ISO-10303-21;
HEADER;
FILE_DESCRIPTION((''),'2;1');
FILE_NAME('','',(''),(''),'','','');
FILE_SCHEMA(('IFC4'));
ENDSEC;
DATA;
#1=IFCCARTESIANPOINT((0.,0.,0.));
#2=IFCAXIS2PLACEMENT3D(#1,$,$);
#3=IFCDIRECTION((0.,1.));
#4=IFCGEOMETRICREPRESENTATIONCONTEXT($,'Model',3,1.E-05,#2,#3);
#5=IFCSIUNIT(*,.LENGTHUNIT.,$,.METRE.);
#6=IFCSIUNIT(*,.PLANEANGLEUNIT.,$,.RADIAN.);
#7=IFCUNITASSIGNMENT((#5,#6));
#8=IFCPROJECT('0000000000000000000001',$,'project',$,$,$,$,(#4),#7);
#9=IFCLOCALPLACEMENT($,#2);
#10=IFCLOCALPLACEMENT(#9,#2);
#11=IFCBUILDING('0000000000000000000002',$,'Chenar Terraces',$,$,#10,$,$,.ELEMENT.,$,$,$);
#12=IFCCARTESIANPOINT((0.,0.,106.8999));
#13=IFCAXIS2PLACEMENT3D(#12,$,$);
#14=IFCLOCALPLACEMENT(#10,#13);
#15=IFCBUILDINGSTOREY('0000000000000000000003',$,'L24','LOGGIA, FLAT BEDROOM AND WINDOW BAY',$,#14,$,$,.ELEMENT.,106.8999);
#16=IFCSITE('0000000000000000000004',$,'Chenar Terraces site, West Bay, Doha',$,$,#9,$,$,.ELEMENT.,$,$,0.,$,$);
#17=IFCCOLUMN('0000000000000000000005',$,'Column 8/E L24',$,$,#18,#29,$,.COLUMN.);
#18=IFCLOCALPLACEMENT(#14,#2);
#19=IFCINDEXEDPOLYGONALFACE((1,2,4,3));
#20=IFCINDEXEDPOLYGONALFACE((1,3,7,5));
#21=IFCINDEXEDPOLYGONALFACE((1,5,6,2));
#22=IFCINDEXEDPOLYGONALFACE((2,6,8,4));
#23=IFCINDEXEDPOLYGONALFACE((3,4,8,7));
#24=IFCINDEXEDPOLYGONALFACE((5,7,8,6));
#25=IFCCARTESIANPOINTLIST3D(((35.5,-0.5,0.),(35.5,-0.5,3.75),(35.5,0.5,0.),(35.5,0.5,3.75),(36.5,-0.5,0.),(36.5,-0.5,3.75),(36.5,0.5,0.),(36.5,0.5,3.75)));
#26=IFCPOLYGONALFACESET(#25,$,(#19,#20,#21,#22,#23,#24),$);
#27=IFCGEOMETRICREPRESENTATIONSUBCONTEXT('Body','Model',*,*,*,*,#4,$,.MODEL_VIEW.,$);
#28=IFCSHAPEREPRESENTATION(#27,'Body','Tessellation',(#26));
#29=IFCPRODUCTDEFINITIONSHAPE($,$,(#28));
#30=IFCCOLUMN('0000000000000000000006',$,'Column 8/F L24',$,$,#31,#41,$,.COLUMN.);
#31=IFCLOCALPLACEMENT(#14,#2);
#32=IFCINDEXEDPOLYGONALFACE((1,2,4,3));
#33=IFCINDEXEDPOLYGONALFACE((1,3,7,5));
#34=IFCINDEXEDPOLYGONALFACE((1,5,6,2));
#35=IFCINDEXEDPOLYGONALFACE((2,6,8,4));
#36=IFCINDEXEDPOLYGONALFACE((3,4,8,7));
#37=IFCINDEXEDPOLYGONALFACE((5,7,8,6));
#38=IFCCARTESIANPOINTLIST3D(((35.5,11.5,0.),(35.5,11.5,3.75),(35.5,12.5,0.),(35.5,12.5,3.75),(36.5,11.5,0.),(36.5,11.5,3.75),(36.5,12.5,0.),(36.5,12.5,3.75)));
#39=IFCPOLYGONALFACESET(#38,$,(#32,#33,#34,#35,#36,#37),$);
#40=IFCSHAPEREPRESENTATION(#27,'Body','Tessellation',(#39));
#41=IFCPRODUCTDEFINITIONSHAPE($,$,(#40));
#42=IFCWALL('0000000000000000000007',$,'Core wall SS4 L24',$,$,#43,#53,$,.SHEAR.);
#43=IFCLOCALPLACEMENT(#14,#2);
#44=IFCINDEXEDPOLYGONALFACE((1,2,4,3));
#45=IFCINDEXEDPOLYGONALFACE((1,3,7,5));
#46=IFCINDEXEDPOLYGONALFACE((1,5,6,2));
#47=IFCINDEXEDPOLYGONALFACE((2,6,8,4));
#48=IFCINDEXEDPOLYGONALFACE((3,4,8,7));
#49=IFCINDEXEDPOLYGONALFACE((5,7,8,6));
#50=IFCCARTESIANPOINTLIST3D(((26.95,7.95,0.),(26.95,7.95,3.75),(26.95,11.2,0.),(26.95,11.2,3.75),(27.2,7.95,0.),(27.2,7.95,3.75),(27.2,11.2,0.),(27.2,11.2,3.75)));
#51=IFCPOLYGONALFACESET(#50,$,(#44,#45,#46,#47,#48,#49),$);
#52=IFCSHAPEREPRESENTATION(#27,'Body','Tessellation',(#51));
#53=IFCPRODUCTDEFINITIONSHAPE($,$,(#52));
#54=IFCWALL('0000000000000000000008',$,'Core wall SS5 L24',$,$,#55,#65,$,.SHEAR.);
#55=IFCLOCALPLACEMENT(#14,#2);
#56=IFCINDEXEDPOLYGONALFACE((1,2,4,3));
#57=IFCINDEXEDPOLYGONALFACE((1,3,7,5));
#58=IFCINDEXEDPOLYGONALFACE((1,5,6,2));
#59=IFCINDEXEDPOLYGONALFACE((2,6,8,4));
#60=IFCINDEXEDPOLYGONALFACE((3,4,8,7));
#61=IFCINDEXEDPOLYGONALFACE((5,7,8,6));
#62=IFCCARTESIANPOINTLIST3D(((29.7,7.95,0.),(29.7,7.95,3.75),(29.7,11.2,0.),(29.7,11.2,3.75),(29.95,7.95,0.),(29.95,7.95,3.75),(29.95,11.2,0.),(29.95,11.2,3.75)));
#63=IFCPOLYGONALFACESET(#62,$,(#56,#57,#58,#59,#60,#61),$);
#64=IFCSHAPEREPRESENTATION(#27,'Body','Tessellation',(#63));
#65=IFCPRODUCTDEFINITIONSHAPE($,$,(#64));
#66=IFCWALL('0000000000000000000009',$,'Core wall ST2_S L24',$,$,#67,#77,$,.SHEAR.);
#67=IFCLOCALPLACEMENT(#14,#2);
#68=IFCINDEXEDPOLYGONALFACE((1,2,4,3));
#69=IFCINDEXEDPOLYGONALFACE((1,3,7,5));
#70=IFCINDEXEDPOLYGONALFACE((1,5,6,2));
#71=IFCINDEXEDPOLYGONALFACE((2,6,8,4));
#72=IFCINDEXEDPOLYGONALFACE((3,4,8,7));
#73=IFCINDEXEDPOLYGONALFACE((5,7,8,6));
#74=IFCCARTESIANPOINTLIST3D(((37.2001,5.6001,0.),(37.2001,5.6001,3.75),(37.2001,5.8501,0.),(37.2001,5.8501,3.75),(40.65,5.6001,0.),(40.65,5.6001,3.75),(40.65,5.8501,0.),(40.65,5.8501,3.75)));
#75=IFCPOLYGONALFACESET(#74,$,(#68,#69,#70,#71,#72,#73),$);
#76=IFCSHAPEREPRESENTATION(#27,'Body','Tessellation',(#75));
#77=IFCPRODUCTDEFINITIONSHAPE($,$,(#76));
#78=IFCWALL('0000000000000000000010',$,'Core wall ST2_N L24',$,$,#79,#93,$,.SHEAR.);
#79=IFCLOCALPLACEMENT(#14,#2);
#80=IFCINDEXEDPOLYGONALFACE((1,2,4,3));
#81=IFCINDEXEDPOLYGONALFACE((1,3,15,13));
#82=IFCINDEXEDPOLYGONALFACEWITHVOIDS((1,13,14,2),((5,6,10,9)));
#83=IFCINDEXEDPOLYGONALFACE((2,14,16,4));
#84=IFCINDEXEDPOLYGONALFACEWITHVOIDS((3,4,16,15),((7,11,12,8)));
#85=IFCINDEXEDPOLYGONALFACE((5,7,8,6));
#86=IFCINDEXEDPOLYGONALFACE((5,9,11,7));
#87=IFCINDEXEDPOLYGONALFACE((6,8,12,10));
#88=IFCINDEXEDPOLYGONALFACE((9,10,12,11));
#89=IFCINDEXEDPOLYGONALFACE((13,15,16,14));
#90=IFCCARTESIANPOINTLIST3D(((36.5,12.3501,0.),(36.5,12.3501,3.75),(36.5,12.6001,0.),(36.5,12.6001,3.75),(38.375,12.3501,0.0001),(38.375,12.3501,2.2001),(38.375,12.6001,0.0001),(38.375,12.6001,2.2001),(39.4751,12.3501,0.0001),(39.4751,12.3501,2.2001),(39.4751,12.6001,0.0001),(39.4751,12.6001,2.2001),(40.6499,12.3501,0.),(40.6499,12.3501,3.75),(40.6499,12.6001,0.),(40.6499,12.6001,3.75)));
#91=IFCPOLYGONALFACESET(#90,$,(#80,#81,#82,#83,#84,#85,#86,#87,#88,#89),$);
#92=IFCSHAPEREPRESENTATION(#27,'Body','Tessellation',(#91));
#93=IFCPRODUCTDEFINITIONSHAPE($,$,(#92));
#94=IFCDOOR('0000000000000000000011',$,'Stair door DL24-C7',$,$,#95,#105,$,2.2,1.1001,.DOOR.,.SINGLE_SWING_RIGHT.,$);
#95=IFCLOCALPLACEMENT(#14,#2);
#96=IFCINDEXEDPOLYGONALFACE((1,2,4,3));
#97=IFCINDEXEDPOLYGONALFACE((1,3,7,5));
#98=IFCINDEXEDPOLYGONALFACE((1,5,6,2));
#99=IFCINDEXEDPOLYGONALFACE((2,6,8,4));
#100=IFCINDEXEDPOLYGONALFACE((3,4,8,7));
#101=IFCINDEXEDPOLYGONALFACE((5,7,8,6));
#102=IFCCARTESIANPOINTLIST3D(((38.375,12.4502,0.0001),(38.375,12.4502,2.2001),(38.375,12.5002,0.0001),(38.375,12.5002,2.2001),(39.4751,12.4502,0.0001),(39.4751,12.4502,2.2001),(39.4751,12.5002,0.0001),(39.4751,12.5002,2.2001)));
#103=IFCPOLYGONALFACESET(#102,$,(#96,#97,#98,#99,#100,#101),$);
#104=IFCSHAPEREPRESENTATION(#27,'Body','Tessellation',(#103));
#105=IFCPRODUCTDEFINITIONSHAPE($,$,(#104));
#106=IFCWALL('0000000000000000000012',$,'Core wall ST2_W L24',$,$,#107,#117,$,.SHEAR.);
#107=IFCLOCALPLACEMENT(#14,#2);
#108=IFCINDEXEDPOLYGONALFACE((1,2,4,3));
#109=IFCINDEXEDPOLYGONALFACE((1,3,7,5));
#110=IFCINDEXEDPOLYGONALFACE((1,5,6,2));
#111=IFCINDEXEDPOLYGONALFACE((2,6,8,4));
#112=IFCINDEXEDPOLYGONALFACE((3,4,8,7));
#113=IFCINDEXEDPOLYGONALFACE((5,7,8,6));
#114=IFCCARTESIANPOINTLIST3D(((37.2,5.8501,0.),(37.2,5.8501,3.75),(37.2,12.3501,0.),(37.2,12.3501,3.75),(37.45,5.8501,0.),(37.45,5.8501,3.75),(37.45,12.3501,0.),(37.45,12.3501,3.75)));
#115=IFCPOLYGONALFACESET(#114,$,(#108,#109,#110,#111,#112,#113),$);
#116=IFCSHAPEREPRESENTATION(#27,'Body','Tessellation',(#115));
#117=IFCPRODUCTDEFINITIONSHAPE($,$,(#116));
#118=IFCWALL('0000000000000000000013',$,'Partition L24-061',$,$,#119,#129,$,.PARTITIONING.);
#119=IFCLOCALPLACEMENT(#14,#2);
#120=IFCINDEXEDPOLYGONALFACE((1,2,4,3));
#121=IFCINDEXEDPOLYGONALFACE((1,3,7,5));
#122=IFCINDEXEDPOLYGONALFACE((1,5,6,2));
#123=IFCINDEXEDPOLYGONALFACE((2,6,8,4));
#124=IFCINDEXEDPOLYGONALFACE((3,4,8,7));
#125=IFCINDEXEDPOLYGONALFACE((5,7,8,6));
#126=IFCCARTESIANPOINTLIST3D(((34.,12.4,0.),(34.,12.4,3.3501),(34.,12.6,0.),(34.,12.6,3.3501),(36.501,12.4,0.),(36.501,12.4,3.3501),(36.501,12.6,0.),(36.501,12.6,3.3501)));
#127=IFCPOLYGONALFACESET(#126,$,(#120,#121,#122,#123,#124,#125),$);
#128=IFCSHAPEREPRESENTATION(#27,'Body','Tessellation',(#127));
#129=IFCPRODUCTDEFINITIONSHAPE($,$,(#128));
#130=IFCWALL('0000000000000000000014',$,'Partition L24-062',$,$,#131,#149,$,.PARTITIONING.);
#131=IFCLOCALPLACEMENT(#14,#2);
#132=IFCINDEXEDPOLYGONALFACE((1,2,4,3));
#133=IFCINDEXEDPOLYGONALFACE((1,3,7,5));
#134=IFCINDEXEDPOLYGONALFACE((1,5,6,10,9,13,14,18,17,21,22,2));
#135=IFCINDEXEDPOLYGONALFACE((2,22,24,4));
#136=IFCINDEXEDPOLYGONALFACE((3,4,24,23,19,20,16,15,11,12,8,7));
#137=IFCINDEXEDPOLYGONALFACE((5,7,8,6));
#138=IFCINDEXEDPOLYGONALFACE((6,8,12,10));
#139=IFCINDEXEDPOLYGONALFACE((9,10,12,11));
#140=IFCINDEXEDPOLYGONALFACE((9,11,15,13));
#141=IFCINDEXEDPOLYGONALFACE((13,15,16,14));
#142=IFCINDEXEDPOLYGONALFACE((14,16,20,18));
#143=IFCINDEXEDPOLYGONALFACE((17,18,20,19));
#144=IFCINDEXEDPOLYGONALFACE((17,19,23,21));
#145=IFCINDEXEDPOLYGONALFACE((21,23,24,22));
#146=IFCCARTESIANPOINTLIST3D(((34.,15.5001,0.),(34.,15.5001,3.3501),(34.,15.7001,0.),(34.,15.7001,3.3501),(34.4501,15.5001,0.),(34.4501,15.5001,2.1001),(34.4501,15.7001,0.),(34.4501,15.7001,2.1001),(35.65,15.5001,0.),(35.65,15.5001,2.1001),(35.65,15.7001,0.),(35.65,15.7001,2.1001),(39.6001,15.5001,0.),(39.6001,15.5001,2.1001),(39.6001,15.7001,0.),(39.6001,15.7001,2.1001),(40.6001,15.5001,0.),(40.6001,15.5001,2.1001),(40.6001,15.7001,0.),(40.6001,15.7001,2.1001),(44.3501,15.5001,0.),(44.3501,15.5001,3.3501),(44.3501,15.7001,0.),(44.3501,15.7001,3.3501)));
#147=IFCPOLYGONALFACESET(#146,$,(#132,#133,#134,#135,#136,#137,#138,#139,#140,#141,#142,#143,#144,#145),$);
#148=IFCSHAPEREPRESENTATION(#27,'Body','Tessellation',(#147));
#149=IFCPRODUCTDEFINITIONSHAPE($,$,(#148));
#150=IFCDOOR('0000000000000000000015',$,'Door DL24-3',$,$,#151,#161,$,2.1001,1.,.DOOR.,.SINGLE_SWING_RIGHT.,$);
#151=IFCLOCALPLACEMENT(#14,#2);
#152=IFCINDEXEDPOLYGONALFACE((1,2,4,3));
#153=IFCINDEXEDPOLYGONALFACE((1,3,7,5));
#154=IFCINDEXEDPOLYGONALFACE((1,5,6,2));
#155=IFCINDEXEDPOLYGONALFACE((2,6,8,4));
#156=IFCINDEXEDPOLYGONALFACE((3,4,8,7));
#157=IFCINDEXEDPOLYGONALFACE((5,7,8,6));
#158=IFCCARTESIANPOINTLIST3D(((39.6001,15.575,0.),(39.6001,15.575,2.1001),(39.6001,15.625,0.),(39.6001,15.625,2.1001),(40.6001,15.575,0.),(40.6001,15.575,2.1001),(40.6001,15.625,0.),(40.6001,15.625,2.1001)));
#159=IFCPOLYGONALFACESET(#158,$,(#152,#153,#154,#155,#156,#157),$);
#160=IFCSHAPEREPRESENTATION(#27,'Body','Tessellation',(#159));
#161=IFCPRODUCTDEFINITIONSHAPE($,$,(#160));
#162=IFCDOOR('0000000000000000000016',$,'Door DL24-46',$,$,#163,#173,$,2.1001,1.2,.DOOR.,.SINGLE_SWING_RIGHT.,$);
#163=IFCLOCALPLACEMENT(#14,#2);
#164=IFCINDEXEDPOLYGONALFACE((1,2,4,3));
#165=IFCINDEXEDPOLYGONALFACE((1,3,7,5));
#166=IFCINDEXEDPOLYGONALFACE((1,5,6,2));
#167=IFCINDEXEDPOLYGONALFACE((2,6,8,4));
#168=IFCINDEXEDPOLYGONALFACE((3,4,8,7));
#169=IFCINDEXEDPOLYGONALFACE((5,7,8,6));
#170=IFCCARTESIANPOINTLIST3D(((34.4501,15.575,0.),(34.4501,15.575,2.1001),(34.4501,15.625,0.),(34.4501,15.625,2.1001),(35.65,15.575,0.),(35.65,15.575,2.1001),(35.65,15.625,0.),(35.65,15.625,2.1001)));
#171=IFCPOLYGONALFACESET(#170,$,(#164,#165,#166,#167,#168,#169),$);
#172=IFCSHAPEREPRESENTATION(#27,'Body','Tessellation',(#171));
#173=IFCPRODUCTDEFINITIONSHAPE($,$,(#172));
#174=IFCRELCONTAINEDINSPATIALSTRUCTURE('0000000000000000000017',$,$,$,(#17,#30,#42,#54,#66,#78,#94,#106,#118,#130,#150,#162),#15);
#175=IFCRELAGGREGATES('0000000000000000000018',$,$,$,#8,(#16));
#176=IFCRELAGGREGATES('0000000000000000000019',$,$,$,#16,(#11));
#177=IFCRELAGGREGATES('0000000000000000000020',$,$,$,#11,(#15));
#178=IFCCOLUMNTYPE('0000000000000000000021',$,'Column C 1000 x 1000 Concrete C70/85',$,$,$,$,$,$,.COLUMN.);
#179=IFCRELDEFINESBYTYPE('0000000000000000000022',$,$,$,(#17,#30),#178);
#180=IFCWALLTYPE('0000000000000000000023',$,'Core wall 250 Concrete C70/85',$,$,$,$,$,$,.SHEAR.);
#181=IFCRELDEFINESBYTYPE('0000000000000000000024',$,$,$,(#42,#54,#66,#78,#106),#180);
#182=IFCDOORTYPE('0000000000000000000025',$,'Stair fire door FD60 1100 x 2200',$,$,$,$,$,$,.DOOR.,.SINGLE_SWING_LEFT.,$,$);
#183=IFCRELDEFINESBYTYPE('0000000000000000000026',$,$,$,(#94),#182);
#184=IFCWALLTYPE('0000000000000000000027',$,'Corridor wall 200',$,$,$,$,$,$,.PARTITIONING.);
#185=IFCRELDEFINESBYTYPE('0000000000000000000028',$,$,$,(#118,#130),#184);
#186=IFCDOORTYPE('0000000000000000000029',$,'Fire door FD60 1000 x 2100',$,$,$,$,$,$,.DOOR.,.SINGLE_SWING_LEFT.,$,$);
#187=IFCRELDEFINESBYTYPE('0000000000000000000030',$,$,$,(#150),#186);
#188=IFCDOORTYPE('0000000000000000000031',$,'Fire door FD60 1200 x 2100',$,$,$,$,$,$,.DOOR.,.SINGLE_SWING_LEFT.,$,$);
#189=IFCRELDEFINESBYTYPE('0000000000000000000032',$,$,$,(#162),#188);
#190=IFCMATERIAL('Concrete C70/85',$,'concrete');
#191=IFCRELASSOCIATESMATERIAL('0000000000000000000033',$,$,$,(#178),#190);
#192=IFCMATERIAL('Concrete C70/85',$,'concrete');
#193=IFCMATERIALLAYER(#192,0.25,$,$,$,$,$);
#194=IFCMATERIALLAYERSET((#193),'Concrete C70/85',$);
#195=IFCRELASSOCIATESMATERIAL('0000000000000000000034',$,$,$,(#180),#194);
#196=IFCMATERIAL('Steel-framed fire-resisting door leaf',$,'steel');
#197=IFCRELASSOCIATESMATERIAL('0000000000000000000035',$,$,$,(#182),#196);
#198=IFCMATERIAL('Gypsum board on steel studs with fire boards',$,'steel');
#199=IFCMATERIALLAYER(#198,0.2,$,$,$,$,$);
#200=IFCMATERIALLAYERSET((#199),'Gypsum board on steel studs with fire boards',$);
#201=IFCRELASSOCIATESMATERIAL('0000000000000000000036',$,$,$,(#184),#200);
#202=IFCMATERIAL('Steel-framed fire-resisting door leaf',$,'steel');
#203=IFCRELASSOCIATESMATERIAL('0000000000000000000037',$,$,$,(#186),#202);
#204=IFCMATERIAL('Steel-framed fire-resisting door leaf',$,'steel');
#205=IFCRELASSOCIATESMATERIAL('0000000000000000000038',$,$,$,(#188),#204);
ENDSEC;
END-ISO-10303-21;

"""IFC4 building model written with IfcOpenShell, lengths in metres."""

from ifc_helpers import new_model, si_unit, direction, frame, frame_2d, origin, origin_2d, place, context, subcontext, project, spatial, rectangle, extrude, material, layer, layer_set, material_profile, profile_set, type_object, element, fill, save


model = new_model("IFC4")

# Units and contexts
model_context = context("Model", 3, precision=1e-05, world=origin(), true_north=direction((0.0, 1.0)))
body_context = subcontext(model_context, "Body", "Model", "MODEL_VIEW")
ifc_project = project(units=[si_unit("LENGTHUNIT", "METRE"), si_unit("PLANEANGLEUNIT", "RADIAN")], contexts=[model_context])

# Site, building, storey
site_placement = place(None, origin())
site = spatial("IfcSite", under=ifc_project, at=site_placement, Name="Chenar Terraces site, West Bay, Doha", CompositionType="ELEMENT", RefElevation=0.0)
building_placement = place(site_placement, origin())
building = spatial("IfcBuilding", under=site, at=building_placement, Name="Chenar Terraces", CompositionType="ELEMENT")
storey_placement = place(building_placement, frame((0.0, 0.0, 106.8999)))
storey = spatial("IfcBuildingStorey", under=building, at=storey_placement, Name="L24", Description="LOGGIA, FLAT BEDROOM AND WINDOW BAY", CompositionType="ELEMENT", Elevation=106.8999)

# Columns
ifc_material_1 = material(Name="Concrete C70/85", Category="concrete")
ifc_material_profile_1 = material_profile(ifc_material_1, rectangle(XDim=1.0, YDim=1.0, at=origin_2d()), Name="C 1000 x 1000")
ifc_profile_set_1 = profile_set([ifc_material_profile_1], Name="Concrete C70/85")
column_type = type_object("IfcColumnType", Name="Column C 1000 x 1000 Concrete C70/85", PredefinedType="COLUMN", material=ifc_profile_set_1)
for number, where, z_axis, x_axis, name in (
    (1, (36.0, 0.0, 0.0), (0.0, 0.0, 1.0), (1.0, 0.0, 0.0), "Column 8/E L24"),
    (2, (36.0, 12.0, 0.0), (0.0, 0.0, 1.0), (1.0, 0.0, 0.0), "Column 8/F L24"),
):
    element("IfcColumn", number, at=place(storey_placement, frame(where, z_axis=z_axis, x_axis=x_axis)), inside=storey, type_object=column_type, Name=name, PredefinedType="COLUMN", context=body_context, shape_type="SweptSolid", body=[
        extrude(rectangle(XDim=1.0, YDim=1.0, at=origin_2d()), origin(), (0.0, 0.0, 1.0), 3.75),
    ])

# Walls
ifc_material_2 = material(Name="Concrete C70/85", Category="concrete")
ifc_layer_1 = layer(ifc_material_2, 0.25)
ifc_layer_set_1 = layer_set([ifc_layer_1], Name="Concrete C70/85")
wall_type_1 = type_object("IfcWallType", Name="Core wall 250 Concrete C70/85", PredefinedType="SHEAR", material=ifc_layer_set_1)
for number, where, z_axis, x_axis, name in (
    (3, (27.075, 7.95, 0.0), (0.0, 0.0, 1.0), (0.0, 1.0, 0.0), "Core wall SS4 L24"),
    (4, (29.825, 7.95, 0.0), (0.0, 0.0, 1.0), (0.0, 1.0, 0.0), "Core wall SS5 L24"),
):
    element("IfcWall", number, at=place(storey_placement, frame(where, z_axis=z_axis, x_axis=x_axis)), inside=storey, type_object=wall_type_1, Name=name, PredefinedType="SHEAR", context=body_context, shape_type="SweptSolid", body=[
        extrude(rectangle(XDim=3.25, YDim=0.25, at=frame_2d((1.625, 0.0))), origin(), (0.0, 0.0, 1.0), 3.75),
    ])
wall_1_placement = place(storey_placement, frame((37.2, 5.7251, 0.0), z_axis=(0.0, 0.0, 1.0), x_axis=(1.0, 0.0, 0.0)))
element("IfcWall", 5, at=wall_1_placement, inside=storey, type_object=wall_type_1, Name="Core wall ST2_S L24", PredefinedType="SHEAR", context=body_context, shape_type="SweptSolid", body=[
    extrude(rectangle(XDim=3.45, YDim=0.25, at=frame_2d((1.7251, 0.0))), origin(), (0.0, 0.0, 1.0), 3.75),
])

# Wall, opening, door
wall_2_placement = place(storey_placement, frame((36.5, 12.4751, 0.0), z_axis=(0.0, 0.0, 1.0), x_axis=(1.0, 0.0, 0.0)))
wall_2 = element("IfcWall", 6, at=wall_2_placement, inside=storey, type_object=wall_type_1, Name="Core wall ST2_N L24", PredefinedType="SHEAR", context=body_context, shape_type="SweptSolid", body=[
    extrude(rectangle(XDim=4.1499, YDim=0.25, at=frame_2d((2.075, 0.0))), origin(), (0.0, 0.0, 1.0), 3.75),
])
opening_1_placement = place(wall_2_placement, frame((1.875, 0.0, 0.0)))
opening_1 = element("IfcOpeningElement", 7, at=opening_1_placement, cuts=wall_2, PredefinedType="OPENING", context=body_context, shape_type="SweptSolid", body=[
    extrude(rectangle(XDim=1.1001, YDim=2.2, at=frame_2d((0.55, 1.1001))), frame((0.0, 0.135, 0.0), z_axis=(0.0, -1.0, 0.0), x_axis=(1.0, 0.0, 0.0)), (0.0, 0.0, 1.0), 0.27),
])
ifc_material_3 = material(Name="Steel-framed fire-resisting door leaf", Category="steel")
door_type_1 = type_object("IfcDoorType", Name="Stair fire door FD60 1100 x 2200", OperationType="SINGLE_SWING_LEFT", PredefinedType="DOOR", material=ifc_material_3)
door_1_placement = place(opening_1_placement, frame((1.1001, 0.0, 0.0), z_axis=(0.0, 0.0, 1.0), x_axis=(-1.0, 0.0, 0.0)))
door_1 = element("IfcDoor", 8, at=door_1_placement, inside=storey, type_object=door_type_1, Name="Stair door DL24-C7", OperationType="SINGLE_SWING_RIGHT", OverallHeight=2.2, OverallWidth=1.1001, PredefinedType="DOOR", context=body_context, shape_type="SweptSolid", body=[
    extrude(rectangle(XDim=1.1001, YDim=2.2, at=frame_2d((0.55, 1.1001))), frame((0.0, 0.0249, 0.0), z_axis=(0.0, -1.0, 0.0), x_axis=(1.0, 0.0, 0.0)), (0.0, 0.0, 1.0), 0.05),
])
fill(opening_1, door_1)

# Wall
wall_3_placement = place(storey_placement, frame((37.325, 5.8501, 0.0), z_axis=(0.0, 0.0, 1.0), x_axis=(0.0, 1.0, 0.0)))
element("IfcWall", 9, at=wall_3_placement, inside=storey, type_object=wall_type_1, Name="Core wall ST2_W L24", PredefinedType="SHEAR", context=body_context, shape_type="SweptSolid", body=[
    extrude(rectangle(XDim=6.5, YDim=0.25, at=frame_2d((3.25, 0.0))), origin(), (0.0, 0.0, 1.0), 3.75),
])

# Wall
ifc_material_4 = material(Name="Gypsum board on steel studs with fire boards", Category="steel")
ifc_layer_2 = layer(ifc_material_4, 0.2)
ifc_layer_set_2 = layer_set([ifc_layer_2], Name="Gypsum board on steel studs with fire boards")
wall_type_2 = type_object("IfcWallType", Name="Corridor wall 200", PredefinedType="PARTITIONING", material=ifc_layer_set_2)
wall_4_placement = place(storey_placement, frame((34.0, 12.5, 0.0), z_axis=(0.0, 0.0, 1.0), x_axis=(1.0, 0.0, 0.0)))
element("IfcWall", 10, at=wall_4_placement, inside=storey, type_object=wall_type_2, Name="Partition L24-061", PredefinedType="PARTITIONING", context=body_context, shape_type="SweptSolid", body=[
    extrude(rectangle(XDim=2.501, YDim=0.2, at=frame_2d((1.2505, 0.0))), origin(), (0.0, 0.0, 1.0), 3.3501),
])

# Wall, openings, doors
wall_5_placement = place(storey_placement, frame((34.0, 15.6001, 0.0), z_axis=(0.0, 0.0, 1.0), x_axis=(1.0, 0.0, 0.0)))
wall_5 = element("IfcWall", 11, at=wall_5_placement, inside=storey, type_object=wall_type_2, Name="Partition L24-062", PredefinedType="PARTITIONING", context=body_context, shape_type="SweptSolid", body=[
    extrude(rectangle(XDim=10.3501, YDim=0.2, at=frame_2d((5.175, 0.0))), origin(), (0.0, 0.0, 1.0), 3.3501),
])
opening_2_placement = place(wall_5_placement, frame((5.6001, 0.0, 0.0)))
opening_2 = element("IfcOpeningElement", 12, at=opening_2_placement, cuts=wall_5, PredefinedType="OPENING", context=body_context, shape_type="SweptSolid", body=[
    extrude(rectangle(XDim=1.0, YDim=2.1001, at=frame_2d((0.5, 1.05))), frame((0.0, 0.1099, 0.0), z_axis=(0.0, -1.0, 0.0), x_axis=(1.0, 0.0, 0.0)), (0.0, 0.0, 1.0), 0.22),
])
opening_3_placement = place(wall_5_placement, frame((0.45, 0.0, 0.0)))
opening_3 = element("IfcOpeningElement", 13, at=opening_3_placement, cuts=wall_5, PredefinedType="OPENING", context=body_context, shape_type="SweptSolid", body=[
    extrude(rectangle(XDim=1.2, YDim=2.1001, at=frame_2d((0.6001, 1.05))), frame((0.0, 0.1099, 0.0), z_axis=(0.0, -1.0, 0.0), x_axis=(1.0, 0.0, 0.0)), (0.0, 0.0, 1.0), 0.22),
])
ifc_material_5 = material(Name="Steel-framed fire-resisting door leaf", Category="steel")
door_type_2 = type_object("IfcDoorType", Name="Fire door FD60 1000 x 2100", OperationType="SINGLE_SWING_LEFT", PredefinedType="DOOR", material=ifc_material_5)
door_2_placement = place(opening_2_placement, origin())
door_2 = element("IfcDoor", 14, at=door_2_placement, inside=storey, type_object=door_type_2, Name="Door DL24-3", OperationType="SINGLE_SWING_RIGHT", OverallHeight=2.1001, OverallWidth=1.0, PredefinedType="DOOR", context=body_context, shape_type="SweptSolid", body=[
    extrude(rectangle(XDim=1.0, YDim=2.1001, at=frame_2d((0.5, 1.05))), frame((0.0, 0.0249, 0.0), z_axis=(0.0, -1.0, 0.0), x_axis=(1.0, 0.0, 0.0)), (0.0, 0.0, 1.0), 0.05),
])
fill(opening_2, door_2)
ifc_material_6 = material(Name="Steel-framed fire-resisting door leaf", Category="steel")
door_type_3 = type_object("IfcDoorType", Name="Fire door FD60 1200 x 2100", OperationType="SINGLE_SWING_LEFT", PredefinedType="DOOR", material=ifc_material_6)
door_3_placement = place(opening_3_placement, origin())
door_3 = element("IfcDoor", 15, at=door_3_placement, inside=storey, type_object=door_type_3, Name="Door DL24-46", OperationType="SINGLE_SWING_RIGHT", OverallHeight=2.1001, OverallWidth=1.2, PredefinedType="DOOR", context=body_context, shape_type="SweptSolid", body=[
    extrude(rectangle(XDim=1.2, YDim=2.1001, at=frame_2d((0.6001, 1.05))), frame((0.0, 0.0249, 0.0), z_axis=(0.0, -1.0, 0.0), x_axis=(1.0, 0.0, 0.0)), (0.0, 0.0, 1.0), 0.05),
])
fill(opening_3, door_3)

save(model, "model.ifc")
